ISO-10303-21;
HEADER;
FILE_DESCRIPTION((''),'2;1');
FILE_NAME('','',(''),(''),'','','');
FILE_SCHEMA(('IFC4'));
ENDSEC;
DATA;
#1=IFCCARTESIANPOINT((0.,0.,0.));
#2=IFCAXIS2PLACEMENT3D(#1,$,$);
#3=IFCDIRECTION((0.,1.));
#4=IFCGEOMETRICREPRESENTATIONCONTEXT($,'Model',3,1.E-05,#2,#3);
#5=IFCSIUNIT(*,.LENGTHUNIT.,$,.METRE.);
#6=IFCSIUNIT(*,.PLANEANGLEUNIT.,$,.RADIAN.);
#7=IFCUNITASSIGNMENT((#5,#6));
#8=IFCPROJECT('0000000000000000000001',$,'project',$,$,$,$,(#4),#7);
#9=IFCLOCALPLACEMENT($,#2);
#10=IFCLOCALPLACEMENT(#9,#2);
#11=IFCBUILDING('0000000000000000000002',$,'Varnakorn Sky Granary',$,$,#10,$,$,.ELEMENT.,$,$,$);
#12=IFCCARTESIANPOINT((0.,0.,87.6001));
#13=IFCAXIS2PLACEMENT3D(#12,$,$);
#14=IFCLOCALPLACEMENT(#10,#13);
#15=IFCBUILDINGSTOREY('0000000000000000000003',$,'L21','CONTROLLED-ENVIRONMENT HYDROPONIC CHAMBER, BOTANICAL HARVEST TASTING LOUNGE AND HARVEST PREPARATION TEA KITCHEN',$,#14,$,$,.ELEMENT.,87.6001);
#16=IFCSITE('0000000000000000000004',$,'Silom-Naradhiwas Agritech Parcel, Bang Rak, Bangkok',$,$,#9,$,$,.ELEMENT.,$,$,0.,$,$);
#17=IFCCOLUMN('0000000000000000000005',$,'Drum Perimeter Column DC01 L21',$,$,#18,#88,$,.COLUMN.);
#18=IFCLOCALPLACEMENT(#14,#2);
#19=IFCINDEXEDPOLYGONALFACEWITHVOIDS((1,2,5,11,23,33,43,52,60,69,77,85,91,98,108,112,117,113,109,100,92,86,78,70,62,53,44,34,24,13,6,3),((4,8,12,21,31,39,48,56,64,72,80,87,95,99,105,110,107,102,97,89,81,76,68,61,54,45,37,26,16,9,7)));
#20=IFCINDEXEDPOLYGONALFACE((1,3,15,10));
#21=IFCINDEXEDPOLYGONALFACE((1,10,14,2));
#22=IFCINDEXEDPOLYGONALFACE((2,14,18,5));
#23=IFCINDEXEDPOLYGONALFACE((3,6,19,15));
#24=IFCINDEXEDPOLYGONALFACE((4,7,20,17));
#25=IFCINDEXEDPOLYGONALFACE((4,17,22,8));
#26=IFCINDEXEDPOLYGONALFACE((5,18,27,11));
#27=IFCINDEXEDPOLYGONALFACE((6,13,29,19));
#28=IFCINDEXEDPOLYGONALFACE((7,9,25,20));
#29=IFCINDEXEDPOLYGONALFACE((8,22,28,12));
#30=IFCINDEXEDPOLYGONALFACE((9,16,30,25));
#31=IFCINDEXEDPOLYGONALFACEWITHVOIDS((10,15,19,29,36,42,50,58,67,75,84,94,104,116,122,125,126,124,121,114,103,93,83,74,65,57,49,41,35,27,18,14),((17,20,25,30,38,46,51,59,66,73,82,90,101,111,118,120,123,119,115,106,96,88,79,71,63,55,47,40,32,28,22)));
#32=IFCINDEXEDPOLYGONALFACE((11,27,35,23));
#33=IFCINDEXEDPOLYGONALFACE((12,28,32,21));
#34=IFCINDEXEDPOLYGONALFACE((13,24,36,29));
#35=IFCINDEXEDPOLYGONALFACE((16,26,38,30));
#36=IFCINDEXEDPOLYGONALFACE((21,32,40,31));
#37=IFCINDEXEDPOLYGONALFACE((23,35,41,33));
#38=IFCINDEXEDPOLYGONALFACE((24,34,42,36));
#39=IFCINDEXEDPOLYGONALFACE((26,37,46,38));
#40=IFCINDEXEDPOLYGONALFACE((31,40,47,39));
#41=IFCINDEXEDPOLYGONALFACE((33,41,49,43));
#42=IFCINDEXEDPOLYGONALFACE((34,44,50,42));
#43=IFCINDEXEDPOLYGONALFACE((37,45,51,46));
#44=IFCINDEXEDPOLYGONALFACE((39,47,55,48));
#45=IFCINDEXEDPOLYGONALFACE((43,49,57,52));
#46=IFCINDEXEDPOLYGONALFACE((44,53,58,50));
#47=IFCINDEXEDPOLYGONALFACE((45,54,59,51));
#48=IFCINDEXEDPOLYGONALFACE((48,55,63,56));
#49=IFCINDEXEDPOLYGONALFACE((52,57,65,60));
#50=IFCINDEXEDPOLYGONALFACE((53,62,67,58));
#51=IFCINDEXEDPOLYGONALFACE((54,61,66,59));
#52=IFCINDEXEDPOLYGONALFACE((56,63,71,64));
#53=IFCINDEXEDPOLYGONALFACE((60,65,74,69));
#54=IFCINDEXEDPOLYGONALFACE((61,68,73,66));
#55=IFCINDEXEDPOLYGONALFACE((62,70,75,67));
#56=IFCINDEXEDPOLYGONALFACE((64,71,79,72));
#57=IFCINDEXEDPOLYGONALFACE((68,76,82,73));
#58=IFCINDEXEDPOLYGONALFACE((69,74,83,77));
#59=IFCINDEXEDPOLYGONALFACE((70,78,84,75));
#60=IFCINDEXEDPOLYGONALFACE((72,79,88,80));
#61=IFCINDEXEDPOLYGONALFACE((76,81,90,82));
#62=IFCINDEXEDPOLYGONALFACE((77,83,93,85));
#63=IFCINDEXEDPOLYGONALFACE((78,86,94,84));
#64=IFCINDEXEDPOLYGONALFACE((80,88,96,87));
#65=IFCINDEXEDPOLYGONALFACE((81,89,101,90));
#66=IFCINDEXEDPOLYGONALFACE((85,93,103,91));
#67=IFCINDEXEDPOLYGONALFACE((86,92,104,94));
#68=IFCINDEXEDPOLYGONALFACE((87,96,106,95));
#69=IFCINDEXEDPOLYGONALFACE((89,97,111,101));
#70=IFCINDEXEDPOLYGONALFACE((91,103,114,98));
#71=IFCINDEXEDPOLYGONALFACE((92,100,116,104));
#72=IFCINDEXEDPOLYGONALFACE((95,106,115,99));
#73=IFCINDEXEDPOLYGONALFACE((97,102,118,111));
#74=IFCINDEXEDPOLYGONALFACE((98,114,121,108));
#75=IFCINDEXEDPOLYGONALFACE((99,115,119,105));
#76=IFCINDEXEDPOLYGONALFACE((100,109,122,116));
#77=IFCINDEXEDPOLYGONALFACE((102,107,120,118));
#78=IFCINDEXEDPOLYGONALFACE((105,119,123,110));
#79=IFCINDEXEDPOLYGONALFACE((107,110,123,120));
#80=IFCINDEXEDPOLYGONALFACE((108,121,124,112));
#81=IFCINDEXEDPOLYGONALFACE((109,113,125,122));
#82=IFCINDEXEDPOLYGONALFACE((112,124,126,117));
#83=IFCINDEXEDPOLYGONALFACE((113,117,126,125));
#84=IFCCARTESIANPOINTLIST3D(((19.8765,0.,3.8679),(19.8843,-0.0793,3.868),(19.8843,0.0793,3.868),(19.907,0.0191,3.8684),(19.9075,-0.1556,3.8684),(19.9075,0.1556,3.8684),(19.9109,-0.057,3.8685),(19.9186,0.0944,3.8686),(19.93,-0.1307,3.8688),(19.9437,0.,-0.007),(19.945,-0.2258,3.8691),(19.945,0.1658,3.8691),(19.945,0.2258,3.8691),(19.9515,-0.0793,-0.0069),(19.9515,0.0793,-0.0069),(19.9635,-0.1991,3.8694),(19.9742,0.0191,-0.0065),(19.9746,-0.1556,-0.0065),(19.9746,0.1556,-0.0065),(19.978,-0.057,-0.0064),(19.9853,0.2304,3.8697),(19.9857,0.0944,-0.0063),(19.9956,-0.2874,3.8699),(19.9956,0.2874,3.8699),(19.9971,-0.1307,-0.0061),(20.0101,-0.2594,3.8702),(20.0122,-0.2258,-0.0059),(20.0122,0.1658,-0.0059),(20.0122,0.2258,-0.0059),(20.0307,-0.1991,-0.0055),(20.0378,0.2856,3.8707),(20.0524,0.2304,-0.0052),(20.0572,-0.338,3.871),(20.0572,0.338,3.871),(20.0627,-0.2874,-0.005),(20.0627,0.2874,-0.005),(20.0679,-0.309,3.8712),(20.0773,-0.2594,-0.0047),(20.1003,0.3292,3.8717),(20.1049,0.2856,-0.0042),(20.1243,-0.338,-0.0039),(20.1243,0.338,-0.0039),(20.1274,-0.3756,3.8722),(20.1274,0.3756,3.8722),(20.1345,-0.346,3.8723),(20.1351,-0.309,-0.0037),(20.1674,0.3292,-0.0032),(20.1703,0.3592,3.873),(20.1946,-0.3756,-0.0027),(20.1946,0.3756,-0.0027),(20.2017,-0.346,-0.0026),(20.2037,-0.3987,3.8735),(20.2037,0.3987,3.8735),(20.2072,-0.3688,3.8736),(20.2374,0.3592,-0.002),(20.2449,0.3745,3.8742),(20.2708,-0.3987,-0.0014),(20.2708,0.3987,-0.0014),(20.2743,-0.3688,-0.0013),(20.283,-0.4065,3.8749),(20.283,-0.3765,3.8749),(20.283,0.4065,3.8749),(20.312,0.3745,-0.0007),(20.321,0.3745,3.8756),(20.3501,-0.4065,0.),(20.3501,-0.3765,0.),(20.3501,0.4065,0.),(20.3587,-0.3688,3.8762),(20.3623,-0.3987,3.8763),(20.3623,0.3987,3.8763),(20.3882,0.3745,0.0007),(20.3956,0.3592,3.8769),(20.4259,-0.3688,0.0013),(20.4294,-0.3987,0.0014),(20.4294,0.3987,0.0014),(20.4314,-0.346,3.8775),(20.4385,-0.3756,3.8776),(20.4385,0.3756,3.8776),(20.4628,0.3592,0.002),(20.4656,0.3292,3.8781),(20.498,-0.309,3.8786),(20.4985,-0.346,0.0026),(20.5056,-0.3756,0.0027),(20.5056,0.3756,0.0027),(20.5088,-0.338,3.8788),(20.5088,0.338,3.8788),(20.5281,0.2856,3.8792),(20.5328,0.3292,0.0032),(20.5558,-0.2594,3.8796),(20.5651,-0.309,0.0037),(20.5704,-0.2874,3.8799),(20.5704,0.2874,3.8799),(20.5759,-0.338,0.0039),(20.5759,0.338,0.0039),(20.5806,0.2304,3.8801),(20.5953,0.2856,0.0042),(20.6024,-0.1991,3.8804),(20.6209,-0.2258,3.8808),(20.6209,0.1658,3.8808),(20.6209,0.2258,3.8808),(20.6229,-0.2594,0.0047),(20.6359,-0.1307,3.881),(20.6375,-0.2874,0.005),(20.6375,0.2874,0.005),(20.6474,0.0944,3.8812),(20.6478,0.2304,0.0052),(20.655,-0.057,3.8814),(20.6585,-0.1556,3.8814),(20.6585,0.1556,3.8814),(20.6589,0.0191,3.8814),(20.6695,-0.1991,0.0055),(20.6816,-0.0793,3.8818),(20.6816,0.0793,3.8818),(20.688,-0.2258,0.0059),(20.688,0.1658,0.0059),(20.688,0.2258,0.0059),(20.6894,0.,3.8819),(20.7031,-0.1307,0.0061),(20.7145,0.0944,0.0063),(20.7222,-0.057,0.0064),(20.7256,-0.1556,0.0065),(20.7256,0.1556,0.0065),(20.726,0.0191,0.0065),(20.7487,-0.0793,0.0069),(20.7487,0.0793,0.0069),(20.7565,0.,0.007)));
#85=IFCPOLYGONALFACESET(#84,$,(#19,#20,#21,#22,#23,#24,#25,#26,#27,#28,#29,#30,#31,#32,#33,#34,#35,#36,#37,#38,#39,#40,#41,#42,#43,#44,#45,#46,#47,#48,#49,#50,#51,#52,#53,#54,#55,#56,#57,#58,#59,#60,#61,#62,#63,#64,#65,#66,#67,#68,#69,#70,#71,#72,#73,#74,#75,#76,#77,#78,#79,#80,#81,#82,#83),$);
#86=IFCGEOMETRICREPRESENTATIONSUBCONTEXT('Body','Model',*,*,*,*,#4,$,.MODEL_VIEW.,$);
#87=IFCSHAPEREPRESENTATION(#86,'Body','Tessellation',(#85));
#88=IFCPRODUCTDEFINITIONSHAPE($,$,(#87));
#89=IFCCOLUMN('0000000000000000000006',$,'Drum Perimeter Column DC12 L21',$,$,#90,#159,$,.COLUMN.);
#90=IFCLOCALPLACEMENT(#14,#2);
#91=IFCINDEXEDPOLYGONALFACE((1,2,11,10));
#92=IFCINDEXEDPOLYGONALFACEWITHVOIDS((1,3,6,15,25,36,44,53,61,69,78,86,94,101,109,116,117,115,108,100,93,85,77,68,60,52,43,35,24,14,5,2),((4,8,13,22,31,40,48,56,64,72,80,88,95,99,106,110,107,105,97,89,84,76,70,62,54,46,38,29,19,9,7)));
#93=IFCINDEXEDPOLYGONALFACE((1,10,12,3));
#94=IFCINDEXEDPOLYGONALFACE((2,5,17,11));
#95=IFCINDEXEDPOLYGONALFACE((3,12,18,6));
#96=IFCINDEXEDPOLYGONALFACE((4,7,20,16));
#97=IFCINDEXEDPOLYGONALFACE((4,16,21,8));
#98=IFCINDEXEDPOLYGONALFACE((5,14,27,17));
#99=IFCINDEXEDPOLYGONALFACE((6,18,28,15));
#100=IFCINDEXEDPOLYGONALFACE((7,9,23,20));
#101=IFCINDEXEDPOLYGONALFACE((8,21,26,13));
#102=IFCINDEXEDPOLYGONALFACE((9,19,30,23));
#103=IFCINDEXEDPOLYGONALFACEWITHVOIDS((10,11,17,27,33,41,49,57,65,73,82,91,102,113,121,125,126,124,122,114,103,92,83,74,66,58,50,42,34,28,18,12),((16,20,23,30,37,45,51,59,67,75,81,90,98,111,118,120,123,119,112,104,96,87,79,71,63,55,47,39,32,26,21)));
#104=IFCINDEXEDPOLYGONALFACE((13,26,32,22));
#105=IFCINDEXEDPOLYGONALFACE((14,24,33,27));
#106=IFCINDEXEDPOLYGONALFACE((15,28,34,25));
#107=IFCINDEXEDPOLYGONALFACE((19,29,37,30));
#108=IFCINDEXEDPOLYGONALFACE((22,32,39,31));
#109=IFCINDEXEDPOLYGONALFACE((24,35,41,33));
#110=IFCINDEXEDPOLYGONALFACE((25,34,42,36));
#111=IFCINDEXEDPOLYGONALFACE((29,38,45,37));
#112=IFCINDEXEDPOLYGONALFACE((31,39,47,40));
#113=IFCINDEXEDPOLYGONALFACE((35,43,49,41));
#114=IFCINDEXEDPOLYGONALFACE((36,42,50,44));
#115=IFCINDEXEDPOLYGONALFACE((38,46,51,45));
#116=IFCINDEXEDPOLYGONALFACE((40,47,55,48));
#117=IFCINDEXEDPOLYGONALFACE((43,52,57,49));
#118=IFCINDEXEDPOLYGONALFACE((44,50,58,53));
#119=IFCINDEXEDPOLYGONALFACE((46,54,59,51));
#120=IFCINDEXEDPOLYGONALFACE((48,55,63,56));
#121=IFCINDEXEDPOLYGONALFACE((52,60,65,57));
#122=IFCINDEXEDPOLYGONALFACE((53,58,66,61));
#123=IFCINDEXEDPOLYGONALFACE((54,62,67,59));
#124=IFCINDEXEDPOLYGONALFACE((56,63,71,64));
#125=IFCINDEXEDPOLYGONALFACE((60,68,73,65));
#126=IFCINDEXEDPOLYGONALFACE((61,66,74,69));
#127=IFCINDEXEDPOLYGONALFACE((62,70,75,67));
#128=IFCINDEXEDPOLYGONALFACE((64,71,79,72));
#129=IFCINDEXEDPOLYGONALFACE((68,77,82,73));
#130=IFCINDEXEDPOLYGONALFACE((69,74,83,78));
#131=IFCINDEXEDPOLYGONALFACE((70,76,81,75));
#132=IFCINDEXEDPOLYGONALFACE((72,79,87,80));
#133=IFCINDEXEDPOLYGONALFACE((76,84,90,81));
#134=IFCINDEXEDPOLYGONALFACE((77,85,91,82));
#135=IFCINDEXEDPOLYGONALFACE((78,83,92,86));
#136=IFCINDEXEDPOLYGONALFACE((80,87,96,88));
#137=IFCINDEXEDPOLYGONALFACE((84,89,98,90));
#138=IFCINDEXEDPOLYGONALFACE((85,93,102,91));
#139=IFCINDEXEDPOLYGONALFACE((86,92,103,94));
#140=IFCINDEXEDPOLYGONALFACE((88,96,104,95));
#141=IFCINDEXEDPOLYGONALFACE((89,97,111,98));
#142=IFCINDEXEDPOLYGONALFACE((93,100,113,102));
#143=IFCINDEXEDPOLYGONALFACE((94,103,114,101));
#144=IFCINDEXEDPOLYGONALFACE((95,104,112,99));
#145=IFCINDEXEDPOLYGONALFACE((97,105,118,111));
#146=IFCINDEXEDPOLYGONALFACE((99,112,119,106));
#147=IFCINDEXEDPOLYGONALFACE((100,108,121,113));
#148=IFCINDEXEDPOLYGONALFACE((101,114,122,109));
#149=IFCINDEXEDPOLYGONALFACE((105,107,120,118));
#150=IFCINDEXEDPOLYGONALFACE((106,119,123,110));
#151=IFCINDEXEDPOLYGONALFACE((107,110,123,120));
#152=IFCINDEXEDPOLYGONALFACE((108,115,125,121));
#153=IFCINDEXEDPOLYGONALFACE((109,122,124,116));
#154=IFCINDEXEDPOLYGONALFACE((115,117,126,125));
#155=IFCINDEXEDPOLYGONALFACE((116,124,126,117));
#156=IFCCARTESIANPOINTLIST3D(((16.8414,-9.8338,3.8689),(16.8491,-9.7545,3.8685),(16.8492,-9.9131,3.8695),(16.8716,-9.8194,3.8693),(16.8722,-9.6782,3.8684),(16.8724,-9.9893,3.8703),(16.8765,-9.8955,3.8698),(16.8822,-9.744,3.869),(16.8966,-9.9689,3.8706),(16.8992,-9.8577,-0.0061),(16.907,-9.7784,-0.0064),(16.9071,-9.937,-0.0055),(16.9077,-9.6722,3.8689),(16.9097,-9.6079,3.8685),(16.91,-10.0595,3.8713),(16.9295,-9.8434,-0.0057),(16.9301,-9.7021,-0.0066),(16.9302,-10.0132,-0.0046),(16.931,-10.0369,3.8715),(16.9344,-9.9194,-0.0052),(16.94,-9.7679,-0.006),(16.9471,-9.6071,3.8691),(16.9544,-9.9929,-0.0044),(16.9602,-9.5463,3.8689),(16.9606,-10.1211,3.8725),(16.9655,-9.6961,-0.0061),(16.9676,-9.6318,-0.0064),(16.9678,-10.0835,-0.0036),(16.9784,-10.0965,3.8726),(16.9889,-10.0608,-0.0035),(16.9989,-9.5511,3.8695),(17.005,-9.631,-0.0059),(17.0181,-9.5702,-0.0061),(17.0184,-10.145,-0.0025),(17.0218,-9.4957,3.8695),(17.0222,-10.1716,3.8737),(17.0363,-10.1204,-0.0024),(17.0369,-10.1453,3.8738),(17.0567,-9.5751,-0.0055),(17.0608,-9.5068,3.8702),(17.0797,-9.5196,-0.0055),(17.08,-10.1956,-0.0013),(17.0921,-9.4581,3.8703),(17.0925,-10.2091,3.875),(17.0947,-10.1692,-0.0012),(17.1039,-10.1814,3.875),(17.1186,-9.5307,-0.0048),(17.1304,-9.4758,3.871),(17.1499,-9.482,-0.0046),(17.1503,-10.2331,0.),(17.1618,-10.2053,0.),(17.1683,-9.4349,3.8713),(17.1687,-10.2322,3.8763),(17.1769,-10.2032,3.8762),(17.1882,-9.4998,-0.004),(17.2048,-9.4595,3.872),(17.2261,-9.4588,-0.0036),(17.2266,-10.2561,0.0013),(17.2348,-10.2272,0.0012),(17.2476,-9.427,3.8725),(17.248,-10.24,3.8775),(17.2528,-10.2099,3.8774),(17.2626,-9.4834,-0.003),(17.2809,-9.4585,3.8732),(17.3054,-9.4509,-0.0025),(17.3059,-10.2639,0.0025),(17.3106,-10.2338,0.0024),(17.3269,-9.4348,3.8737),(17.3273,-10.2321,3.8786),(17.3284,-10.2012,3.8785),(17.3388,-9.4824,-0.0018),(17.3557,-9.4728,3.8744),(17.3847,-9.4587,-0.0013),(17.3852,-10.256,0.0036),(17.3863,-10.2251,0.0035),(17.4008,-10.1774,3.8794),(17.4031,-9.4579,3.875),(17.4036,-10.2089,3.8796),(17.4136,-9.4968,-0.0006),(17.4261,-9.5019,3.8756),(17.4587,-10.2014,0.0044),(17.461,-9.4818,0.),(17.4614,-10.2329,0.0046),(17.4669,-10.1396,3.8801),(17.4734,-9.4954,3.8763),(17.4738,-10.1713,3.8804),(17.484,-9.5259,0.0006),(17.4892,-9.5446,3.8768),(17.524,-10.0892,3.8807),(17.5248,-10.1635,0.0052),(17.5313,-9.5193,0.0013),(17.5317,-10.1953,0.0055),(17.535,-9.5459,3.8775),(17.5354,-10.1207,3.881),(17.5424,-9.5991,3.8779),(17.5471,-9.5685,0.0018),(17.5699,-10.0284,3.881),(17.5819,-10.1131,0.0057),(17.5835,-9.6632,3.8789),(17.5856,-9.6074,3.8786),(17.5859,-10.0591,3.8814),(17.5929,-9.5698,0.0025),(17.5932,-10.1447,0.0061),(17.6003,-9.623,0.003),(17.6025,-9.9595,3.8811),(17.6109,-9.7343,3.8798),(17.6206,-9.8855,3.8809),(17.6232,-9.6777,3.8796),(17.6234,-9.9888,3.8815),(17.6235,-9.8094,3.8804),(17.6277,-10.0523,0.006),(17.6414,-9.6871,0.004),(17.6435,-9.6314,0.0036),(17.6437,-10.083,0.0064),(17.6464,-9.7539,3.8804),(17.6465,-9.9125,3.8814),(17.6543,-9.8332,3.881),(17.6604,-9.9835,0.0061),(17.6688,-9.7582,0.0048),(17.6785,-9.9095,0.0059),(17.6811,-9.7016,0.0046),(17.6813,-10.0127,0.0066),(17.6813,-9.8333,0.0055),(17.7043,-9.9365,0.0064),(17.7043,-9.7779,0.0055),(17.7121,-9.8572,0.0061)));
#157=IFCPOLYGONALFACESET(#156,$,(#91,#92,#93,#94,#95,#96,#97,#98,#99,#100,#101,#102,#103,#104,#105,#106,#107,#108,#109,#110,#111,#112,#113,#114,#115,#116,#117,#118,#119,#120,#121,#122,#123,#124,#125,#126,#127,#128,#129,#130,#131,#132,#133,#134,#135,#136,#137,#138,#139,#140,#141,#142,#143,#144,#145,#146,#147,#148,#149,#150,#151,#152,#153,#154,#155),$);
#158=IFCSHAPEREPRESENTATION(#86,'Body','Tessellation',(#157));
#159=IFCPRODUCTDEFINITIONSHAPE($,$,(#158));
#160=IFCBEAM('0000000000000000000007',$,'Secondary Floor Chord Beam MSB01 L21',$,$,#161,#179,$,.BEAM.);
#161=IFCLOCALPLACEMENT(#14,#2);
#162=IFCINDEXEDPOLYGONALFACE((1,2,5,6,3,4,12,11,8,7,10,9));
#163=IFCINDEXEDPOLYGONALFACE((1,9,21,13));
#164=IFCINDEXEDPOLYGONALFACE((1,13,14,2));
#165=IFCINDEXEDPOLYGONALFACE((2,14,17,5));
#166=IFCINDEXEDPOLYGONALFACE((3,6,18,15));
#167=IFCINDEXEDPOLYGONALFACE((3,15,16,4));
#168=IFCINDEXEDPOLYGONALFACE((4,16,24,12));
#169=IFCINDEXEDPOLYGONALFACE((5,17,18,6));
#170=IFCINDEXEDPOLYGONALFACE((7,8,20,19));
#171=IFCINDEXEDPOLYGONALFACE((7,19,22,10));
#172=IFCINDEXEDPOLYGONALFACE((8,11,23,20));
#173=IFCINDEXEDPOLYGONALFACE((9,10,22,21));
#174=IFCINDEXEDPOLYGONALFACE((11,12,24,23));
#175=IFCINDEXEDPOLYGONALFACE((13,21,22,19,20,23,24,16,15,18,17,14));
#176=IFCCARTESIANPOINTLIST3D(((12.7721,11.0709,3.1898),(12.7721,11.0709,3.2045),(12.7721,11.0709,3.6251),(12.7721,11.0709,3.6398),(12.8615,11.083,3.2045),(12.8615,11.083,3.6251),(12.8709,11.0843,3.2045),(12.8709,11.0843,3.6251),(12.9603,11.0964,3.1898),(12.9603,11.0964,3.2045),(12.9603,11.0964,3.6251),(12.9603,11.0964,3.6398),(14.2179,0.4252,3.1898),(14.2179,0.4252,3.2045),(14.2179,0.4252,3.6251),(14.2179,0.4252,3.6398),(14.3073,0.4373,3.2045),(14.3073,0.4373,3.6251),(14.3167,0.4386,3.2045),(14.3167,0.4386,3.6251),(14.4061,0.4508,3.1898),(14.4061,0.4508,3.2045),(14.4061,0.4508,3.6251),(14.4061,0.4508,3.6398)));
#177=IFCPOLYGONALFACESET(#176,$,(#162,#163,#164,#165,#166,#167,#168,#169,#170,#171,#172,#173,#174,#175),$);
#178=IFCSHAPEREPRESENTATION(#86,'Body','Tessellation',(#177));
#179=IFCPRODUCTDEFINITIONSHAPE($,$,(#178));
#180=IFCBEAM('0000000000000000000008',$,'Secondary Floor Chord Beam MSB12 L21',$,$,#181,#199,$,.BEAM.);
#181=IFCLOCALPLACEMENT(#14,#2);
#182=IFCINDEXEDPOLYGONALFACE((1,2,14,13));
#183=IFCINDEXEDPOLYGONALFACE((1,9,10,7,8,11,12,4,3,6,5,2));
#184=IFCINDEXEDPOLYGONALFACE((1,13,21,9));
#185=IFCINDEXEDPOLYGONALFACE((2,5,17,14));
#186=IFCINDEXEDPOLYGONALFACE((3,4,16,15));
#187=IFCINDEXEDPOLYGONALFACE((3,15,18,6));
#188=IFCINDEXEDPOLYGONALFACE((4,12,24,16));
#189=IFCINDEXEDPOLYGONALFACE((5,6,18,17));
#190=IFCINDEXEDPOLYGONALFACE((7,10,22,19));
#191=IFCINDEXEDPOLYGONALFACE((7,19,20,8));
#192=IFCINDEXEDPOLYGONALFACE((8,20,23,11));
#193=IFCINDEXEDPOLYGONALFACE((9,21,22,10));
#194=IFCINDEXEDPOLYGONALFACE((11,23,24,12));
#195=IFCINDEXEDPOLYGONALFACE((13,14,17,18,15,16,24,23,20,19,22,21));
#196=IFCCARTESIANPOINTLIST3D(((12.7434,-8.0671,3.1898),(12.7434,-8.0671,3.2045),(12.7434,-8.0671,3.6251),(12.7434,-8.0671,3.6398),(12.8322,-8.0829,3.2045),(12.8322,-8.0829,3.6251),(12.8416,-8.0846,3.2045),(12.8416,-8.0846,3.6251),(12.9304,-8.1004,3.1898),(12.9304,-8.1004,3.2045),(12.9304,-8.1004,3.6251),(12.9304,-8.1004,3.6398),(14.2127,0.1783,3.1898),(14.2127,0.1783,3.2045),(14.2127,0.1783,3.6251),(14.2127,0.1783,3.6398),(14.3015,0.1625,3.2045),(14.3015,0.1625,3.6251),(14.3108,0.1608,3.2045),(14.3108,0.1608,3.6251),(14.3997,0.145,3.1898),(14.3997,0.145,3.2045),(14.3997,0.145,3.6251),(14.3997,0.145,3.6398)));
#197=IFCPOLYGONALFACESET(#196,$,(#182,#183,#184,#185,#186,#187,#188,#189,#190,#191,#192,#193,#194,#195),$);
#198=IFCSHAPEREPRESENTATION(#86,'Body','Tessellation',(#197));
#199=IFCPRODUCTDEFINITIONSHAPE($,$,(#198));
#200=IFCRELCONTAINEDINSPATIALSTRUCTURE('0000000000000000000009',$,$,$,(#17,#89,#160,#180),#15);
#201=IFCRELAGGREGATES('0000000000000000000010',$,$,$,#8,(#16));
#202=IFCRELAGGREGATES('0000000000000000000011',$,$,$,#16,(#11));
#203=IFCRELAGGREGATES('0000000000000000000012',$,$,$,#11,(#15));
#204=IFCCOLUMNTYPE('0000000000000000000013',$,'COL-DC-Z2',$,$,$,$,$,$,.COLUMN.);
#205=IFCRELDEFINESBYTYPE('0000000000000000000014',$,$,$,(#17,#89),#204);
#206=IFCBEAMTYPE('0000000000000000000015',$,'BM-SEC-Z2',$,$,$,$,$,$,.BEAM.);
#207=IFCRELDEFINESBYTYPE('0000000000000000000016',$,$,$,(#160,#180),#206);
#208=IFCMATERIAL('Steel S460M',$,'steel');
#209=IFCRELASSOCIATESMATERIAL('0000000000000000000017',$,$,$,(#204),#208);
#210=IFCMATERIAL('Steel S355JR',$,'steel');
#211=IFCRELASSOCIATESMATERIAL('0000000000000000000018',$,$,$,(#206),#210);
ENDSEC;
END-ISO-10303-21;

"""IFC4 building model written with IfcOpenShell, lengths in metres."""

from ifc_helpers import new_model, si_unit, direction, frame, origin, origin_2d, place, context, subcontext, project, spatial, hollow_circle, i_section, extrude, material, material_profile, profile_set, type_object, element, save


model = new_model("IFC4")

# Units and contexts
model_context = context("Model", 3, precision=1e-05, world=origin(), true_north=direction((0.0, 1.0)))
body_context = subcontext(model_context, "Body", "Model", "MODEL_VIEW")
ifc_project = project(units=[si_unit("LENGTHUNIT", "METRE"), si_unit("PLANEANGLEUNIT", "RADIAN")], contexts=[model_context])

# Site, building, storey
site_placement = place(None, origin())
site = spatial("IfcSite", under=ifc_project, at=site_placement, Name="Silom-Naradhiwas Agritech Parcel, Bang Rak, Bangkok", CompositionType="ELEMENT", RefElevation=0.0)
building_placement = place(site_placement, origin())
building = spatial("IfcBuilding", under=site, at=building_placement, Name="Varnakorn Sky Granary", CompositionType="ELEMENT")
storey_placement = place(building_placement, frame((0.0, 0.0, 87.6001)))
storey = spatial("IfcBuildingStorey", under=building, at=storey_placement, Name="L21", Description="CONTROLLED-ENVIRONMENT HYDROPONIC CHAMBER, BOTANICAL HARVEST TASTING LOUNGE AND HARVEST PREPARATION TEA KITCHEN", CompositionType="ELEMENT", Elevation=87.6001)

# Columns
ifc_material_1 = material(Name="Steel S460M", Category="steel")
ifc_material_profile_1 = material_profile(ifc_material_1, hollow_circle(Radius=0.4065, WallThickness=0.03, at=origin_2d()), Name="CHS 813x30")
ifc_profile_set_1 = profile_set([ifc_material_profile_1], Name="Steel S460M")
column_type = type_object("IfcColumnType", Name="COL-DC-Z2", PredefinedType="COLUMN", material=ifc_profile_set_1)
for number, where, z_axis, x_axis, name in (
    (1, (20.3501, 0.0, 0.0), (-0.017324, 0.0, 0.99985), (0.0, -1.0, 0.0), "Drum Perimeter Column DC01 L21"),
    (2, (17.3057, -9.8574, 0.0), (-0.01493, 0.006174, 0.999869), (-0.382122, -0.924112, 0.0), "Drum Perimeter Column DC12 L21"),
):
    element("IfcColumn", number, at=place(storey_placement, frame(where, z_axis=z_axis, x_axis=x_axis)), inside=storey, type_object=column_type, Name=name, PredefinedType="COLUMN", context=body_context, shape_type="SweptSolid", body=[
        extrude(hollow_circle(Radius=0.4065, WallThickness=0.03, at=origin_2d()), origin(), (0.0, 0.0, 1.0), 3.8755),
    ])

# Beams
ifc_material_2 = material(Name="Steel S355JR", Category="steel")
ifc_material_profile_2 = material_profile(ifc_material_2, i_section(OverallWidth=0.1899, OverallDepth=0.45, WebThickness=0.0095, FlangeThickness=0.0146, at=origin_2d()), Name="IPE 450")
ifc_profile_set_2 = profile_set([ifc_material_profile_2], Name="Steel S355JR")
beam_type_1 = type_object("IfcBeamType", Name="BM-SEC-Z2", PredefinedType="BEAM", material=ifc_profile_set_2)
beam_1_placement = place(storey_placement, frame((14.312, 0.438, 3.4148), z_axis=(-0.134575, 0.990903, 0.0), x_axis=(-0.990903, -0.134575, 0.0)))
element("IfcBeam", 3, at=beam_1_placement, inside=storey, type_object=beam_type_1, Name="Secondary Floor Chord Beam MSB01 L21", PredefinedType="BEAM", context=body_context, shape_type="SweptSolid", body=[
    extrude(i_section(OverallWidth=0.1899, OverallDepth=0.45, WebThickness=0.0095, FlangeThickness=0.0146, at=origin_2d()), origin(), (0.0, 0.0, 1.0), 10.7434),
])
beam_2_placement = place(storey_placement, frame((12.8369, -8.0837, 3.4148), z_axis=(0.175426, 0.984493, 0.0), x_axis=(-0.984493, 0.175426, 0.0)))
element("IfcBeam", 4, at=beam_2_placement, inside=storey, type_object=beam_type_1, Name="Secondary Floor Chord Beam MSB12 L21", PredefinedType="BEAM", context=body_context, shape_type="SweptSolid", body=[
    extrude(i_section(OverallWidth=0.1899, OverallDepth=0.45, WebThickness=0.0095, FlangeThickness=0.0146, at=origin_2d()), origin(), (0.0, 0.0, 1.0), 8.3752),
])

save(model, "model.ifc")
